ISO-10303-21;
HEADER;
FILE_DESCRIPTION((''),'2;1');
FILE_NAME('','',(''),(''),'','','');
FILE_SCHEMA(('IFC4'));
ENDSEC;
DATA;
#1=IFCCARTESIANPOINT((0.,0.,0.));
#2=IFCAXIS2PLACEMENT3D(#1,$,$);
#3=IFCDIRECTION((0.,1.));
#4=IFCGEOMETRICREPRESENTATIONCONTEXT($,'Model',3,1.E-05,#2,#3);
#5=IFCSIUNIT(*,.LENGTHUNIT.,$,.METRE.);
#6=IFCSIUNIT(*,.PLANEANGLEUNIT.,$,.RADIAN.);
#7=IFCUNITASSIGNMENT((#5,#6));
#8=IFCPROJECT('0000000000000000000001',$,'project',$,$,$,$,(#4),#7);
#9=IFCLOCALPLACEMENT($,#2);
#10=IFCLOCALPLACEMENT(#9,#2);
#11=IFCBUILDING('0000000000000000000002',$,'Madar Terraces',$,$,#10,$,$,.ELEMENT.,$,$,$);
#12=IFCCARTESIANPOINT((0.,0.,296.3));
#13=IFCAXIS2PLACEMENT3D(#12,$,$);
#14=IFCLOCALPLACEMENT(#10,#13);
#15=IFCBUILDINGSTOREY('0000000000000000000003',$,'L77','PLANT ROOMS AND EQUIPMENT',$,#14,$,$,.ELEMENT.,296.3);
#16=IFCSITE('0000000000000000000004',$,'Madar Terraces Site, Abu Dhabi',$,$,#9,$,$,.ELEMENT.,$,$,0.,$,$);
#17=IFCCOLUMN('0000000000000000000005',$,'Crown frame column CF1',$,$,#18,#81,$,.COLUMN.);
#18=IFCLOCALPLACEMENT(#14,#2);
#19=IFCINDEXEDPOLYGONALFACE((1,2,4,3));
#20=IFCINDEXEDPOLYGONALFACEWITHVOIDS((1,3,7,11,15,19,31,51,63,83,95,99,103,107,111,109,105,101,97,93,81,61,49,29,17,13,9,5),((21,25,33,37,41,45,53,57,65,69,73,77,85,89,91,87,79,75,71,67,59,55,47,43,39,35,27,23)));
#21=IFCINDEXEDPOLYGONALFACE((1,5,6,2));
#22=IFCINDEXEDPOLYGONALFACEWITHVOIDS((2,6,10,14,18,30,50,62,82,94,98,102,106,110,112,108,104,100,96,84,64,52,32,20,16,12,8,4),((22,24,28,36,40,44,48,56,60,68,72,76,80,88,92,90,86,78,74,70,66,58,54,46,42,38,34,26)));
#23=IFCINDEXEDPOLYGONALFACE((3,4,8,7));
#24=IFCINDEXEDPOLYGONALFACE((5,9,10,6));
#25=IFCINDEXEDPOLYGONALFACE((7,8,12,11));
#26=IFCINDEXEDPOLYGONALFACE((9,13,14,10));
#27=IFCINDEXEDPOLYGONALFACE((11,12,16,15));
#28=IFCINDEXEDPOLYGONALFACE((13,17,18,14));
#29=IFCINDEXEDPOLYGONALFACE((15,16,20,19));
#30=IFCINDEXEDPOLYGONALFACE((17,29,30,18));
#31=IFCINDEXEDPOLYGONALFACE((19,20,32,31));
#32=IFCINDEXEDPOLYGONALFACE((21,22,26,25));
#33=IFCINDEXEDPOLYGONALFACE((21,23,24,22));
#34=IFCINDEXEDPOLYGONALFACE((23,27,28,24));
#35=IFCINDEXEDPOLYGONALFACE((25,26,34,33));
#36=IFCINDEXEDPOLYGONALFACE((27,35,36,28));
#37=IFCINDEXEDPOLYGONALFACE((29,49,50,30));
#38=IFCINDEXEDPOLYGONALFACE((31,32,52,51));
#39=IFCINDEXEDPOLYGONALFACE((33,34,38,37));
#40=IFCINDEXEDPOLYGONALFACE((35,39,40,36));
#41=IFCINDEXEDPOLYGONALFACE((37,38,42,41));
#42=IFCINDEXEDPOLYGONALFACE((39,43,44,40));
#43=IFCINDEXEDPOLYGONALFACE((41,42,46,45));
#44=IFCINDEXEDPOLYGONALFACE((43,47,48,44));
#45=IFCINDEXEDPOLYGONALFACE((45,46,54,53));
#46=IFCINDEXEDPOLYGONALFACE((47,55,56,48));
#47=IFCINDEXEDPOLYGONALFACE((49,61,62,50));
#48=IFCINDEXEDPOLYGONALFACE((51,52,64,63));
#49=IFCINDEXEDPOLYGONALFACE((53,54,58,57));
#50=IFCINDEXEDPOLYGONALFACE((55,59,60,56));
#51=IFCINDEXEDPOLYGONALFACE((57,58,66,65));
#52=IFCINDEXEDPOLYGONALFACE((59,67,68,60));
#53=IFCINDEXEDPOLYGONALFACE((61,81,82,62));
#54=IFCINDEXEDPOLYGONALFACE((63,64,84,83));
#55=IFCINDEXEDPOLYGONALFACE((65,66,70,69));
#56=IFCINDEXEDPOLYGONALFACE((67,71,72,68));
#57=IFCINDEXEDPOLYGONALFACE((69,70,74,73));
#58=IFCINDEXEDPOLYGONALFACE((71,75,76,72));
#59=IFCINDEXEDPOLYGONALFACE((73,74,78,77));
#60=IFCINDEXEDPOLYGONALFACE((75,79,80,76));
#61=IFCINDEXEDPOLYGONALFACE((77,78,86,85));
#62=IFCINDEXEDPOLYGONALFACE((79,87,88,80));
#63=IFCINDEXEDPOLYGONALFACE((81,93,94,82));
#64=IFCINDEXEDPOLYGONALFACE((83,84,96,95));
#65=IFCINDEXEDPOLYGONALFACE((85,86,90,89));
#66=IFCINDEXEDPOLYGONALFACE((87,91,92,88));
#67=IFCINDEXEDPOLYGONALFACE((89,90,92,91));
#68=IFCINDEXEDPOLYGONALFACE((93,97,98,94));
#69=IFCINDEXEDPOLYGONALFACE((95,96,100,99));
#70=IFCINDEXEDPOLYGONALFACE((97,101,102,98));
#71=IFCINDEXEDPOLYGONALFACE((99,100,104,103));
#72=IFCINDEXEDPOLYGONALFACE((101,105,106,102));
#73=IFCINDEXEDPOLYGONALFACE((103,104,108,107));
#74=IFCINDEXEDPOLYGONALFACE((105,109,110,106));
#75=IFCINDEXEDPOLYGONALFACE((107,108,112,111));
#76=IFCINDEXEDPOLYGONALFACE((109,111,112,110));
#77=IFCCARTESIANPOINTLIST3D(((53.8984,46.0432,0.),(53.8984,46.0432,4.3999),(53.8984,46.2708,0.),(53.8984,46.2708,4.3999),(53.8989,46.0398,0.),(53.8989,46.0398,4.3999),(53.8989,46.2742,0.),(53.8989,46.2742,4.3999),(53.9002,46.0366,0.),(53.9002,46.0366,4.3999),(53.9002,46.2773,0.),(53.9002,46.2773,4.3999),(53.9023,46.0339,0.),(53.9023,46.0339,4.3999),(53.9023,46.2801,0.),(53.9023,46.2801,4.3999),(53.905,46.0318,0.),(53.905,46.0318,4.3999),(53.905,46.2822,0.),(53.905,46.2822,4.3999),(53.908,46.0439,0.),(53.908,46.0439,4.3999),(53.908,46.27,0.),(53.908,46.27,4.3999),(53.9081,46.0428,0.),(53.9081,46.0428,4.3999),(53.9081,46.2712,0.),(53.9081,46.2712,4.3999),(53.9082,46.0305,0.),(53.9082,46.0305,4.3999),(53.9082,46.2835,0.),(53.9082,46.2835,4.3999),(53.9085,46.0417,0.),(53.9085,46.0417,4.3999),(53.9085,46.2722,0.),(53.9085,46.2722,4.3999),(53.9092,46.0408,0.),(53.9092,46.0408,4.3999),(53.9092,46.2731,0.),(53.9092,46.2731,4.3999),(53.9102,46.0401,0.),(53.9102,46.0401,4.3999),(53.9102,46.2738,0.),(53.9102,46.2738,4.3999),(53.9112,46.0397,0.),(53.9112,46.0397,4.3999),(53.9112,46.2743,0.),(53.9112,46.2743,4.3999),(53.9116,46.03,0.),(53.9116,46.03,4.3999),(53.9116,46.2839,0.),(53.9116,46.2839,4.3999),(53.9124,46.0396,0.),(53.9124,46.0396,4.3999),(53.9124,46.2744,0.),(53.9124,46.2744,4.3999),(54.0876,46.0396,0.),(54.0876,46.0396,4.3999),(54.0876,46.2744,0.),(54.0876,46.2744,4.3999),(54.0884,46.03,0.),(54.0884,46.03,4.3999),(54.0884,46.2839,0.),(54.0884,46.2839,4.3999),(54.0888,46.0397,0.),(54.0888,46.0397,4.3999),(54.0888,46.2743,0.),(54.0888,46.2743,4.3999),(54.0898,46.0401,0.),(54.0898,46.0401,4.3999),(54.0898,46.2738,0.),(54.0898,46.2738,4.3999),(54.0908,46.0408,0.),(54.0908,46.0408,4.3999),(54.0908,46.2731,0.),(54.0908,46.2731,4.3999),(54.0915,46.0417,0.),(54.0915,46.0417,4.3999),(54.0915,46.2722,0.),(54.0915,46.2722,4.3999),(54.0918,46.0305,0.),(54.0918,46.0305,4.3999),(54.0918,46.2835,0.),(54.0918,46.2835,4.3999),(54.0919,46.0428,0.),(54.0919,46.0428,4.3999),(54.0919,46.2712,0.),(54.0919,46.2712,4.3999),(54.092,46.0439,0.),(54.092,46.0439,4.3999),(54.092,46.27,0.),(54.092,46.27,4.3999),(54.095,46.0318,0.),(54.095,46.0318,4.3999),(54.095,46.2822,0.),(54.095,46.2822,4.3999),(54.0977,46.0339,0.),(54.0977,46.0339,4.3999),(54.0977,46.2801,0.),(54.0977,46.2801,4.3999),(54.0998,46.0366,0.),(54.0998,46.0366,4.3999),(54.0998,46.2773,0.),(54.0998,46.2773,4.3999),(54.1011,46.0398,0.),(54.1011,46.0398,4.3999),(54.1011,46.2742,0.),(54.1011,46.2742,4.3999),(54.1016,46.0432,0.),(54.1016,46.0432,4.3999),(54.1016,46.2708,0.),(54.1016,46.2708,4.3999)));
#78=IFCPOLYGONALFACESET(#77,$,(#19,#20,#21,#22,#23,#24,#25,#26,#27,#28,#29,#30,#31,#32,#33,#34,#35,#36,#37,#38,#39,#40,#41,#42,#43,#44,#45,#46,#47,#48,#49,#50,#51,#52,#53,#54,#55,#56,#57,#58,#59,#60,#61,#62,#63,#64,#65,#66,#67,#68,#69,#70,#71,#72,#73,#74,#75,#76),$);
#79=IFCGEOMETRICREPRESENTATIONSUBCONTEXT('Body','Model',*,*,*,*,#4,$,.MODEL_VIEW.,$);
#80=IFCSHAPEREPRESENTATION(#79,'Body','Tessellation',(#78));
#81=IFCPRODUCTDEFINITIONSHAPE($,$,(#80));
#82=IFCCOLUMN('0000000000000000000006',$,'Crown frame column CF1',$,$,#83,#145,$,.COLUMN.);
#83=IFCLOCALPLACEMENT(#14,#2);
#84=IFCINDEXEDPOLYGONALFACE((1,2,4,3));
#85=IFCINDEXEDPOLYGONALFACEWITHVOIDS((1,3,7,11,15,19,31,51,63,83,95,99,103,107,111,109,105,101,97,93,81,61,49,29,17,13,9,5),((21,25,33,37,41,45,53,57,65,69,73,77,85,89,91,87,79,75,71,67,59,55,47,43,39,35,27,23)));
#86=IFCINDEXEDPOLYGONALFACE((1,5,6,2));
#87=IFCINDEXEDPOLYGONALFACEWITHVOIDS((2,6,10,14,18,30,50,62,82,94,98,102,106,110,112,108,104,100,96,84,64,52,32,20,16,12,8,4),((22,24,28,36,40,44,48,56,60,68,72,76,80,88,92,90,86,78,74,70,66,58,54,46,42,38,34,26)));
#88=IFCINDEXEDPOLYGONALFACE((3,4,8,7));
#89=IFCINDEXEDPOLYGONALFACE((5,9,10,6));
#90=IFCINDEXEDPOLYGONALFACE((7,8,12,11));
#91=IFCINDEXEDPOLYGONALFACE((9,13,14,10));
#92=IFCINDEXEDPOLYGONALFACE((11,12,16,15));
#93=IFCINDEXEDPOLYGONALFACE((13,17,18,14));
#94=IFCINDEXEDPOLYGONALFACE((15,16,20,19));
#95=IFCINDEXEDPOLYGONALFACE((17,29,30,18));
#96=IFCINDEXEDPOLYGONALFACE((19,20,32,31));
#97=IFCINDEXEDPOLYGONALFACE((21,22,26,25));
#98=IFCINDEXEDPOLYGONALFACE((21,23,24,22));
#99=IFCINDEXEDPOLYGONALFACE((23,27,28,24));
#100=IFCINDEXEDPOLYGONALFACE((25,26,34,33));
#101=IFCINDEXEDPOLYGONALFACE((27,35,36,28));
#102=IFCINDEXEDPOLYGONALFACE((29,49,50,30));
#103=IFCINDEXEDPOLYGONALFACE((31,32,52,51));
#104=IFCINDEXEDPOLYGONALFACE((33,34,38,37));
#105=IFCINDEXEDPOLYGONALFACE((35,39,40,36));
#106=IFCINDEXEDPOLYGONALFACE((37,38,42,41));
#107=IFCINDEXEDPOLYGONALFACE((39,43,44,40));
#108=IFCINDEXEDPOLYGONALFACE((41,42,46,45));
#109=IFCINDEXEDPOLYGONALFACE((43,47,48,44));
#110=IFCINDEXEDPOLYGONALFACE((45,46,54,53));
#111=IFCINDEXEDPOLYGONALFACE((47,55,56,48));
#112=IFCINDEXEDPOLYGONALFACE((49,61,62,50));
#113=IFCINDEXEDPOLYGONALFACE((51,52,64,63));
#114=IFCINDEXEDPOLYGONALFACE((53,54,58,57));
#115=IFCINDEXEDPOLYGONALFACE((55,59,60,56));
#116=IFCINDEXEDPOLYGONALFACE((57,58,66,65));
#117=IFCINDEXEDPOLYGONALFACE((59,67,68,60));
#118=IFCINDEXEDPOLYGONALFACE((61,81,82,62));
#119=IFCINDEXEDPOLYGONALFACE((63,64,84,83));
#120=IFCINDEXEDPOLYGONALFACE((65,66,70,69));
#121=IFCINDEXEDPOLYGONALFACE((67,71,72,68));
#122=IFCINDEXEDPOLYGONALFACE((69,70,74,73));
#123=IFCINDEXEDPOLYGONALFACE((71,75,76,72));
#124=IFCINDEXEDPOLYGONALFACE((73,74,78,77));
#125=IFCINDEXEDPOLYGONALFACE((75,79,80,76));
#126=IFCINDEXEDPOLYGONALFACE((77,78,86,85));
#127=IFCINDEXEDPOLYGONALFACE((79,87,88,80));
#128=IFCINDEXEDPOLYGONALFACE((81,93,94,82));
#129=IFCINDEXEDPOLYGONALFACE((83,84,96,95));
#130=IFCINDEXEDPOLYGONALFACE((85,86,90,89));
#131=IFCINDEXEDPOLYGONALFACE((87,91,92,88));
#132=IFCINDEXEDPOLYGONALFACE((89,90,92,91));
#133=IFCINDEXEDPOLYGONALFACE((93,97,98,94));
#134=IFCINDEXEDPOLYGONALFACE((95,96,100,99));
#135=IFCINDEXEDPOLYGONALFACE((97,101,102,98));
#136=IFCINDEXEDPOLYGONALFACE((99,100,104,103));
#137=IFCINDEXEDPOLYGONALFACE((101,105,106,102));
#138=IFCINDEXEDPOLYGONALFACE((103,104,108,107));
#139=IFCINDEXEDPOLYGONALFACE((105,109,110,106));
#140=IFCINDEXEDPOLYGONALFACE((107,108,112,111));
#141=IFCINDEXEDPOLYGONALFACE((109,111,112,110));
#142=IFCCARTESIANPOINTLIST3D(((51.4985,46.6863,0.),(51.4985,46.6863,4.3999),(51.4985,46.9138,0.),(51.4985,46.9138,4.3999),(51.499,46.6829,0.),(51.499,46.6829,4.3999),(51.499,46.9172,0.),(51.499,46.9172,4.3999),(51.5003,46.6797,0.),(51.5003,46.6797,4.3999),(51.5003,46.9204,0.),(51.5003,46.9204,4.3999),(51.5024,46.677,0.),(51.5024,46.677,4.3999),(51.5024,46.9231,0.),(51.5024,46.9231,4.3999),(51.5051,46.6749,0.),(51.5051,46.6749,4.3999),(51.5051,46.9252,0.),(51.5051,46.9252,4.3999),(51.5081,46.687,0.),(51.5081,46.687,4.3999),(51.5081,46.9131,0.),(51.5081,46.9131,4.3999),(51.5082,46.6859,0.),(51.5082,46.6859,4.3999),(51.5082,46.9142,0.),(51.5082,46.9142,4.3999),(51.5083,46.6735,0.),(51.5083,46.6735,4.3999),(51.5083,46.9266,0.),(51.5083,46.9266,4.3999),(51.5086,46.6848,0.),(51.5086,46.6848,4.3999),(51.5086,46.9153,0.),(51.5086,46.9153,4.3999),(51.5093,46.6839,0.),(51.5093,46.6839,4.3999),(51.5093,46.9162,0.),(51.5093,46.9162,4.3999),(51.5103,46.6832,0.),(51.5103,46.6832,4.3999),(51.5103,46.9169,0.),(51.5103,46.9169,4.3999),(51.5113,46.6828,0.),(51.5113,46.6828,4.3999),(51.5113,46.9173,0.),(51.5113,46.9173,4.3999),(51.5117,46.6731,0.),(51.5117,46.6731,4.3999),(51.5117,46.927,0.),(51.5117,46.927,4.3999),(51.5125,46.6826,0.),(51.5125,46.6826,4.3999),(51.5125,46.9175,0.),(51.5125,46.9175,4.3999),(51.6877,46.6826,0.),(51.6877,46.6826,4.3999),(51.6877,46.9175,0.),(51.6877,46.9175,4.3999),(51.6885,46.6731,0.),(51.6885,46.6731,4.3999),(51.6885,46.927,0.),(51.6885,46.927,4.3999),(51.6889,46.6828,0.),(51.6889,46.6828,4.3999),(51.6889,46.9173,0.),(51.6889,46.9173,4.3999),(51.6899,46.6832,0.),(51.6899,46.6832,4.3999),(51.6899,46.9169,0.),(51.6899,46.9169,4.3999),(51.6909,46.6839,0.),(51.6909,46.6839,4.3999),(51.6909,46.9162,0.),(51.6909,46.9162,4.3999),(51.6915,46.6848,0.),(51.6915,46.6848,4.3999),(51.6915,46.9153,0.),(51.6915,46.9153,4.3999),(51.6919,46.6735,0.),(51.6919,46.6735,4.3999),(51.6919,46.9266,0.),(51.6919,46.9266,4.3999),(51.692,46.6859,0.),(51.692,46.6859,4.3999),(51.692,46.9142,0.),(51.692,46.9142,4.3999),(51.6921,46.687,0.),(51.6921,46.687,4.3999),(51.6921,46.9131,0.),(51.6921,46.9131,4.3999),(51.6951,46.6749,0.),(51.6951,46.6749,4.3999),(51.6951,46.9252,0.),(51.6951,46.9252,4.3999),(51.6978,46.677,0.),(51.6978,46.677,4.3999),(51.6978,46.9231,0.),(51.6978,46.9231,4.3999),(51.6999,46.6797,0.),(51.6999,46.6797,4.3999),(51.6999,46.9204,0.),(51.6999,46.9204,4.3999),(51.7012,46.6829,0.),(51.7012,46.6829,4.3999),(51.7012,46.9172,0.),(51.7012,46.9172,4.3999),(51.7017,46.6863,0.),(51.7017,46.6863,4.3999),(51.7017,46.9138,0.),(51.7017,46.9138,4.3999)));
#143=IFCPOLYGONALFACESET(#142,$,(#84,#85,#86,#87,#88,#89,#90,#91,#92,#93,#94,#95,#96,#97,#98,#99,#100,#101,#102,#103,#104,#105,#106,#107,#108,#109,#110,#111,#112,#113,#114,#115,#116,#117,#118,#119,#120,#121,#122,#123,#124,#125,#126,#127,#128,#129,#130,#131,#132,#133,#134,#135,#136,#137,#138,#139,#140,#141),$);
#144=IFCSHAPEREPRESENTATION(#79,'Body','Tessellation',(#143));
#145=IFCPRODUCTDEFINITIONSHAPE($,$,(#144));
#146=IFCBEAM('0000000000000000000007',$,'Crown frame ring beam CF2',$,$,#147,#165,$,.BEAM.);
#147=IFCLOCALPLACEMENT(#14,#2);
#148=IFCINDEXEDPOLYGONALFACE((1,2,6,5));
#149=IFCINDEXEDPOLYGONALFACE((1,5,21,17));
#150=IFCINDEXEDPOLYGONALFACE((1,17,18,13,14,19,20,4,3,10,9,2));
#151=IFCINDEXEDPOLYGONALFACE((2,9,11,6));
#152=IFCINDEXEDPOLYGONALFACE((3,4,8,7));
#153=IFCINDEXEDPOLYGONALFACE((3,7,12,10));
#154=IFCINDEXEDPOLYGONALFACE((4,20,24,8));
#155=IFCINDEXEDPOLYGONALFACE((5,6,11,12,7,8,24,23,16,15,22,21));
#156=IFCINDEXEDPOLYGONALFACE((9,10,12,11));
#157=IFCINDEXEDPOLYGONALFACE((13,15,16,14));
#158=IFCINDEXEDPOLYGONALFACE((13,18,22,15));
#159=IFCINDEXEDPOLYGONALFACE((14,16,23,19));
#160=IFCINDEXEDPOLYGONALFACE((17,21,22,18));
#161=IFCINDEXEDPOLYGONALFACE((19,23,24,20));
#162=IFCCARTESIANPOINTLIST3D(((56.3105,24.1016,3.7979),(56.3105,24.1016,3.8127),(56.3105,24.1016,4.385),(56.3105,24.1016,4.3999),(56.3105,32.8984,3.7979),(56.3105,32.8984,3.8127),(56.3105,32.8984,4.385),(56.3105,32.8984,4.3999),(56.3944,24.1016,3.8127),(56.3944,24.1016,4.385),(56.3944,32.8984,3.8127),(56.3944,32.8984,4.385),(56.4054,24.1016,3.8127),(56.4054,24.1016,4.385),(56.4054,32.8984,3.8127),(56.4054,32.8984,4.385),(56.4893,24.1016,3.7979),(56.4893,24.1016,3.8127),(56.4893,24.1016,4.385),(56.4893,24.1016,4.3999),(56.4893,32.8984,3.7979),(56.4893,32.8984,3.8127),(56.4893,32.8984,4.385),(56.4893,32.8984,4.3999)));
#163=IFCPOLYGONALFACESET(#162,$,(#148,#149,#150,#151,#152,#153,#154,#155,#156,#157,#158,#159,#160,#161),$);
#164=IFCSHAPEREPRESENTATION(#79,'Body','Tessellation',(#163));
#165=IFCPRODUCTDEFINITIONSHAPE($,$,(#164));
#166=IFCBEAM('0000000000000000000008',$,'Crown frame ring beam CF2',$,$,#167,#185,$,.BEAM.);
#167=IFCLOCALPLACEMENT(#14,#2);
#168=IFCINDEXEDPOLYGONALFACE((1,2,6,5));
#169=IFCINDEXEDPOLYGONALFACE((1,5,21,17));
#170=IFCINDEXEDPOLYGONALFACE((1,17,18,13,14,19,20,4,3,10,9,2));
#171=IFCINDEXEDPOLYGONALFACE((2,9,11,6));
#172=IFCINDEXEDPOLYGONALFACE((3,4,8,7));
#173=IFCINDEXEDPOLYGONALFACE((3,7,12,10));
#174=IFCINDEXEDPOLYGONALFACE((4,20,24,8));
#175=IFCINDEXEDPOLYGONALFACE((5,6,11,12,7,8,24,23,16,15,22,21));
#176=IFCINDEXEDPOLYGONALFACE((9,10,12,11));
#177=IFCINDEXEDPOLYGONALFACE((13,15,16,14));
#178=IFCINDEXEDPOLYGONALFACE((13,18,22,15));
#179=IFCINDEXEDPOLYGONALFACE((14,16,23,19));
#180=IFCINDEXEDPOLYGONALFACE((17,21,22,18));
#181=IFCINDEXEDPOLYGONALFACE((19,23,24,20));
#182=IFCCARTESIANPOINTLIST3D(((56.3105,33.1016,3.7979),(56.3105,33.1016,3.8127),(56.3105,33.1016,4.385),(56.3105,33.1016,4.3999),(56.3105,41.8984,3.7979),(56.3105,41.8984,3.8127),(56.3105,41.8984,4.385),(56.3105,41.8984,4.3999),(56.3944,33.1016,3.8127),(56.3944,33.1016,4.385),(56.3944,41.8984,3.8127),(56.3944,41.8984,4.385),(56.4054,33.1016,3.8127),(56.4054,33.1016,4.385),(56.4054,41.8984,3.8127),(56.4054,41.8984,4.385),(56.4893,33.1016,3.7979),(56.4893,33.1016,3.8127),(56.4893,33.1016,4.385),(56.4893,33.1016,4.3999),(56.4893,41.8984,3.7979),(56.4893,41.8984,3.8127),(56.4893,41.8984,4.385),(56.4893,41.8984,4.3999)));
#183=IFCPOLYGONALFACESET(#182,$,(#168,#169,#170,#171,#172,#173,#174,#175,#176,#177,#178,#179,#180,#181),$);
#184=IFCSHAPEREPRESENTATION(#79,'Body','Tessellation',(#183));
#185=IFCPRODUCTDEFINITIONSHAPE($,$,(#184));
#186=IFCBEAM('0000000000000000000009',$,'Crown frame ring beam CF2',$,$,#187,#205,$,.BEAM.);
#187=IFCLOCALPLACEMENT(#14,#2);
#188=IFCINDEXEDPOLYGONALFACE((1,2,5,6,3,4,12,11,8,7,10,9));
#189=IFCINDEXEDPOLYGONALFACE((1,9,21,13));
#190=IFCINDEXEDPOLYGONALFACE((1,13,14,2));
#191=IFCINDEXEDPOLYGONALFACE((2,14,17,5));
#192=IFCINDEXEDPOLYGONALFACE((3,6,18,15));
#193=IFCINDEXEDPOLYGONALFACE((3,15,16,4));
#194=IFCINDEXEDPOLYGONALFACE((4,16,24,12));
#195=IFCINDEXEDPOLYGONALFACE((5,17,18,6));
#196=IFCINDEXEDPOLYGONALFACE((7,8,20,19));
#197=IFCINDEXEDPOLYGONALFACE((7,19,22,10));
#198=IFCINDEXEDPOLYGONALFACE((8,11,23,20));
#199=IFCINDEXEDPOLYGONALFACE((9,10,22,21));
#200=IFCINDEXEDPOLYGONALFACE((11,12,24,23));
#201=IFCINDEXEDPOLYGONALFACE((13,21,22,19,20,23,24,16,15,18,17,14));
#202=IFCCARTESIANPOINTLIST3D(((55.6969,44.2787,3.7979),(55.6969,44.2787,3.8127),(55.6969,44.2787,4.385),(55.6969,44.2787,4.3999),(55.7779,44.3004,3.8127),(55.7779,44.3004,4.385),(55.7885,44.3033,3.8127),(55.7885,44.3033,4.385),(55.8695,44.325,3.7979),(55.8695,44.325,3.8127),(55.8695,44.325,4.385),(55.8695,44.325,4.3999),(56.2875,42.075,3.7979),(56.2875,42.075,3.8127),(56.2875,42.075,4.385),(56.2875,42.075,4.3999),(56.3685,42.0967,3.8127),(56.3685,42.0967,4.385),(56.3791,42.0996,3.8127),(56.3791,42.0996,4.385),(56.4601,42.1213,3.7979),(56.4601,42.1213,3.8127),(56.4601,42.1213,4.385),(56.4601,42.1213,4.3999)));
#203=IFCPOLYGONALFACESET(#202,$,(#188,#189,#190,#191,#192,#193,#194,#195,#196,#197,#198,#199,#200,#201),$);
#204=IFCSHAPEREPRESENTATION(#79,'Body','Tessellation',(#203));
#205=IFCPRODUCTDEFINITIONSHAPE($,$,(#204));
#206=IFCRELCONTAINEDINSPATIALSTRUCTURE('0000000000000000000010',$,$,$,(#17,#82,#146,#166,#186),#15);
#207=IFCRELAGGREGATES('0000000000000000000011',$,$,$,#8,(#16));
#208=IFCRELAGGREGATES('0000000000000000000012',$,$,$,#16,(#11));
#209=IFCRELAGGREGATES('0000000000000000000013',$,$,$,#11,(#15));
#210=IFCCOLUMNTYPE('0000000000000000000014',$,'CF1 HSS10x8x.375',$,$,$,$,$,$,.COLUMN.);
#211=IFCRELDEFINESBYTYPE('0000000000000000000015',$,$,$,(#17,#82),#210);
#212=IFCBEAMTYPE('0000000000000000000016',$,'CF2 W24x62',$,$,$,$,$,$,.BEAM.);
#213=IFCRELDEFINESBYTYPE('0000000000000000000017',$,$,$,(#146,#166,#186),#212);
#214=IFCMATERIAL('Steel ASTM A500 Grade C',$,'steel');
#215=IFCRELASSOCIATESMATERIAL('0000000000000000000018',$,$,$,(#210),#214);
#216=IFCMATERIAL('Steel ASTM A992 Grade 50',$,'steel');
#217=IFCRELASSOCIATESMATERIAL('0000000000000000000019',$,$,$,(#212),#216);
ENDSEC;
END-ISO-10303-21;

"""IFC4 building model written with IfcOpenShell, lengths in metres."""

from ifc_helpers import new_model, si_unit, direction, frame, origin, origin_2d, place, context, subcontext, project, spatial, hollow_rectangle, i_section, extrude, material, material_profile, profile_set, type_object, element, save


model = new_model("IFC4")

# Units and contexts
model_context = context("Model", 3, precision=1e-05, world=origin(), true_north=direction((0.0, 1.0)))
body_context = subcontext(model_context, "Body", "Model", "MODEL_VIEW")
ifc_project = project(units=[si_unit("LENGTHUNIT", "METRE"), si_unit("PLANEANGLEUNIT", "RADIAN")], contexts=[model_context])

# Site, building, storey
site_placement = place(None, origin())
site = spatial("IfcSite", under=ifc_project, at=site_placement, Name="Madar Terraces Site, Abu Dhabi", CompositionType="ELEMENT", RefElevation=0.0)
building_placement = place(site_placement, origin())
building = spatial("IfcBuilding", under=site, at=building_placement, Name="Madar Terraces", CompositionType="ELEMENT")
storey_placement = place(building_placement, frame((0.0, 0.0, 296.3)))
storey = spatial("IfcBuildingStorey", under=building, at=storey_placement, Name="L77", Description="PLANT ROOMS AND EQUIPMENT", CompositionType="ELEMENT", Elevation=296.3)

# Columns
ifc_material_1 = material(Name="Steel ASTM A500 Grade C", Category="steel")
ifc_material_profile_1 = material_profile(ifc_material_1, hollow_rectangle(XDim=0.2031, YDim=0.2539, WallThickness=0.0095, InnerFilletRadius=0.0044, OuterFilletRadius=0.0132, at=origin_2d()), Name="HSS10x8x.375")
ifc_profile_set_1 = profile_set([ifc_material_profile_1], Name="Steel ASTM A500 Grade C")
column_type = type_object("IfcColumnType", Name="CF1 HSS10x8x.375", PredefinedType="COLUMN", material=ifc_profile_set_1)
for number, where, z_axis, x_axis, name in (
    (1, (54.0, 46.157, 0.0), (0.0, 0.0, 1.0), (1.0, 0.0, 0.0), "Crown frame column CF1"),
    (2, (51.6001, 46.8, 0.0), (0.0, 0.0, 1.0), (1.0, 0.0, 0.0), "Crown frame column CF1"),
):
    element("IfcColumn", number, at=place(storey_placement, frame(where, z_axis=z_axis, x_axis=x_axis)), inside=storey, type_object=column_type, Name=name, PredefinedType="COLUMN", context=body_context, shape_type="SweptSolid", body=[
        extrude(hollow_rectangle(XDim=0.2031, YDim=0.2539, WallThickness=0.0095, InnerFilletRadius=0.0044, OuterFilletRadius=0.0132, at=origin_2d()), origin(), (0.0, 0.0, 1.0), 4.3999),
    ])

# Beams
ifc_material_2 = material(Name="Steel ASTM A992 Grade 50", Category="steel")
ifc_material_profile_2 = material_profile(ifc_material_2, i_section(OverallWidth=0.1787, OverallDepth=0.6021, WebThickness=0.011, FlangeThickness=0.0149, at=origin_2d()), Name="W24x62")
ifc_profile_set_2 = profile_set([ifc_material_profile_2], Name="Steel ASTM A992 Grade 50")
beam_type = type_object("IfcBeamType", Name="CF2 W24x62", PredefinedType="BEAM", material=ifc_profile_set_2)
for number, where, z_axis, x_axis, name in (
    (3, (56.3999, 24.1016, 4.0989), (0.0, 1.0, 0.0), (-1.0, 0.0, 0.0), "Crown frame ring beam CF2"),
    (4, (56.3999, 33.1016, 4.0989), (0.0, 1.0, 0.0), (-1.0, 0.0, 0.0), "Crown frame ring beam CF2"),
):
    element("IfcBeam", number, at=place(storey_placement, frame(where, z_axis=z_axis, x_axis=x_axis)), inside=storey, type_object=beam_type, Name=name, PredefinedType="BEAM", context=body_context, shape_type="SweptSolid", body=[
        extrude(i_section(OverallWidth=0.1787, OverallDepth=0.6021, WebThickness=0.011, FlangeThickness=0.0149, at=origin_2d()), origin(), (0.0, 0.0, 1.0), 8.7969),
    ])
beam_1_placement = place(storey_placement, frame((56.3738, 42.0981, 4.0989), z_axis=(-0.258868, 0.965913, 0.0), x_axis=(-0.965913, -0.258868, 0.0)))
element("IfcBeam", 5, at=beam_1_placement, inside=storey, type_object=beam_type, Name="Crown frame ring beam CF2", PredefinedType="BEAM", context=body_context, shape_type="SweptSolid", body=[
    extrude(i_section(OverallWidth=0.1787, OverallDepth=0.6021, WebThickness=0.011, FlangeThickness=0.0149, at=origin_2d()), origin(), (0.0, 0.0, 1.0), 2.2815),
])

save(model, "model.ifc")
